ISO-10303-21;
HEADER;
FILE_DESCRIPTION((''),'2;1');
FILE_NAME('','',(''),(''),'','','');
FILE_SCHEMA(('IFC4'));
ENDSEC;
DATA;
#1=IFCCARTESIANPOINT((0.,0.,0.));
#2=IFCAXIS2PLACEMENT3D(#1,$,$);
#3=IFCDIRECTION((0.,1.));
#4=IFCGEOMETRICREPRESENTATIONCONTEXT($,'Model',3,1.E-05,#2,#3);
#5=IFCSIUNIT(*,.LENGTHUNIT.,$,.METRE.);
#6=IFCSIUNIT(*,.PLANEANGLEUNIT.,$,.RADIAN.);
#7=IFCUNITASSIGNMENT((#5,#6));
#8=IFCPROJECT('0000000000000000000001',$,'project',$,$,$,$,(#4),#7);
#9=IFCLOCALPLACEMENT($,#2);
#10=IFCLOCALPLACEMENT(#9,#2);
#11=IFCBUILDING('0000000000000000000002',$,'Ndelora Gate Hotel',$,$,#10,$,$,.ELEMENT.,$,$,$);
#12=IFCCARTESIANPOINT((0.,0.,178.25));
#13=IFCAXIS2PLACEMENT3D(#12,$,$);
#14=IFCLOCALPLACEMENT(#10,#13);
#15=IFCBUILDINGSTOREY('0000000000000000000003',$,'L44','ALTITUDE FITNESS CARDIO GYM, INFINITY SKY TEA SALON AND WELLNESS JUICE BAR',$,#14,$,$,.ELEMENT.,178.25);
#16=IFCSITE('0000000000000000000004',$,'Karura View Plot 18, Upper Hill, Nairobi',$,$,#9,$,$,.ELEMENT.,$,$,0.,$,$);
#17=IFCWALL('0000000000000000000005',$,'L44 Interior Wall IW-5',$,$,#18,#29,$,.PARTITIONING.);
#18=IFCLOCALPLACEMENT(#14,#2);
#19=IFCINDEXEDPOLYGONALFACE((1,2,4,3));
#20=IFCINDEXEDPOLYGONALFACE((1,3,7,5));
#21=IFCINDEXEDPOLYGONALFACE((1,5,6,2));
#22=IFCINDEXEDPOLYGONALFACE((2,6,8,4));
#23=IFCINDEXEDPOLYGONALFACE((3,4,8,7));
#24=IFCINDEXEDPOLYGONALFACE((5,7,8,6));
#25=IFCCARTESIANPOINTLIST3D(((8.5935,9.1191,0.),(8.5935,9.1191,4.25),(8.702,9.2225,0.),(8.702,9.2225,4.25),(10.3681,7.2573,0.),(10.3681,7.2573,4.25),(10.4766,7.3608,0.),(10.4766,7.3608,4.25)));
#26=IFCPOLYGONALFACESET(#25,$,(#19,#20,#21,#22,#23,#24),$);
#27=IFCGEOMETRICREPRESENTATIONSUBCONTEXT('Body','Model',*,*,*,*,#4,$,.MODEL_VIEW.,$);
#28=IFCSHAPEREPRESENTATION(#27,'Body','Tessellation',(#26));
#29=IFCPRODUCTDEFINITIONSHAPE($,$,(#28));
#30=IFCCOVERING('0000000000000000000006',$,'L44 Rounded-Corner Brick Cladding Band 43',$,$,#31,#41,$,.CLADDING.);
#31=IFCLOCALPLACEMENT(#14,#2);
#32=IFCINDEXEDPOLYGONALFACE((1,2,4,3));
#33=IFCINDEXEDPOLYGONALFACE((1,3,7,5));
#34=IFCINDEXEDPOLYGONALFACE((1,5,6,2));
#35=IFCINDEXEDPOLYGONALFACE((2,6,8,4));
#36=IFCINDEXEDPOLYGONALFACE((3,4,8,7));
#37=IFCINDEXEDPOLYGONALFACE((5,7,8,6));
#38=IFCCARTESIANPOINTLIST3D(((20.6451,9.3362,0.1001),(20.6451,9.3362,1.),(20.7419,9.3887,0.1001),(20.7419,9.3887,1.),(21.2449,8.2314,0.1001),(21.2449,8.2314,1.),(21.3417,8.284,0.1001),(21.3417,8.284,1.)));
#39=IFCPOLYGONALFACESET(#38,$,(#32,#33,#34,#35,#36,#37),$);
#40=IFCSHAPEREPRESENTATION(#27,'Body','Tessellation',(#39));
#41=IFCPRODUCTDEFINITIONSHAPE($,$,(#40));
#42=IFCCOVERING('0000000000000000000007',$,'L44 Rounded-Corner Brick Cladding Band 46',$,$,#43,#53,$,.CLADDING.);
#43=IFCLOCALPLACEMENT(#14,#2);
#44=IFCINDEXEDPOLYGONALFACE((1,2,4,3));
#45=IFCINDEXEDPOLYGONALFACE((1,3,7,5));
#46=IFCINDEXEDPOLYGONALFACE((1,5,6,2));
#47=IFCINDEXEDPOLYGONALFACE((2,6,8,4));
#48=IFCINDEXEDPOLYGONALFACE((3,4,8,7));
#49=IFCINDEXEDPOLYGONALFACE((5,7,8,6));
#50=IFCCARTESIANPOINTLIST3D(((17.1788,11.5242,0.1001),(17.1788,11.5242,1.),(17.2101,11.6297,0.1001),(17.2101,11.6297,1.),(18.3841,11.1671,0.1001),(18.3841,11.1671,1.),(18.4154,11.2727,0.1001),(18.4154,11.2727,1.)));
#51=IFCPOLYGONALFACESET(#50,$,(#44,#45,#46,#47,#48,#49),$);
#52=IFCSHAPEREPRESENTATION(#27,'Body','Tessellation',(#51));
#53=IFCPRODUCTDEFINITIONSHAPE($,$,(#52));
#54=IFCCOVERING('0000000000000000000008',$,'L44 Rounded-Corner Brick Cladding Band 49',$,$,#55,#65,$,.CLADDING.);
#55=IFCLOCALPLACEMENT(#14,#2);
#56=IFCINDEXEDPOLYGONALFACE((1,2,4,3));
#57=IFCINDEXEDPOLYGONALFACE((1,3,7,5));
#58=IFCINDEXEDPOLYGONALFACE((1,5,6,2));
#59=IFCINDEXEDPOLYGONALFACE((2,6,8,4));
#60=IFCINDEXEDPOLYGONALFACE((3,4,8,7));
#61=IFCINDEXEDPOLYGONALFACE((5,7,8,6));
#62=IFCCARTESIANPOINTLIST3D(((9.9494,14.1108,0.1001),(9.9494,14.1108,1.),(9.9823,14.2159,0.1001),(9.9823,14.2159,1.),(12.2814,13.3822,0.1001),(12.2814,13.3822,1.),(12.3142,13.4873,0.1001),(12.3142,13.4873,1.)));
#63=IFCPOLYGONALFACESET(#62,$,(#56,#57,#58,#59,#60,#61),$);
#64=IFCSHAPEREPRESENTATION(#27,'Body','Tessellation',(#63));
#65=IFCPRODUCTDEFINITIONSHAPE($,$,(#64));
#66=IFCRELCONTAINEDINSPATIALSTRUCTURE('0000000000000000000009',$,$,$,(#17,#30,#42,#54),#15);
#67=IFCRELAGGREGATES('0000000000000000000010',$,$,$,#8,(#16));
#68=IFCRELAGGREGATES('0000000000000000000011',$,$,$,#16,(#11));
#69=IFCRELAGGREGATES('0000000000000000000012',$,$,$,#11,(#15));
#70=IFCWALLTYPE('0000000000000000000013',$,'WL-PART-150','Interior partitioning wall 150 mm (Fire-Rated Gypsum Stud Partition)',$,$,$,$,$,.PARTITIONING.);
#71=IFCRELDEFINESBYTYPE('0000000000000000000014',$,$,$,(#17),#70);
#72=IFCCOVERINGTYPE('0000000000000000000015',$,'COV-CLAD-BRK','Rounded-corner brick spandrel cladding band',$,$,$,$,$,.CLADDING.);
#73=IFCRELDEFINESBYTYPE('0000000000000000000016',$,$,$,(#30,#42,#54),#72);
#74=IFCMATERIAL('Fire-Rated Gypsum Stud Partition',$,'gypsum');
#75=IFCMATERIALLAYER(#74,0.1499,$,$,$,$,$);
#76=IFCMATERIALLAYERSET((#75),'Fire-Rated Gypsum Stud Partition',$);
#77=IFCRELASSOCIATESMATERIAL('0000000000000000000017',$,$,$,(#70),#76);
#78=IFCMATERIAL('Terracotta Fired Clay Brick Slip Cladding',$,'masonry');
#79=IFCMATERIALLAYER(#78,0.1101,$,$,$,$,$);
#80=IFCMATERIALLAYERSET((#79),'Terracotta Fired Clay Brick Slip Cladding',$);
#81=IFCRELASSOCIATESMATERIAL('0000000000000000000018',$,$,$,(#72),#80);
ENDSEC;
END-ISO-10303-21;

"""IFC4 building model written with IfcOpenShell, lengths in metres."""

from ifc_helpers import new_model, si_unit, direction, frame, frame_2d, origin, origin_2d, place, context, subcontext, project, spatial, rectangle, extrude, material, layer, layer_set, type_object, element, save


model = new_model("IFC4")

# Units and contexts
model_context = context("Model", 3, precision=1e-05, world=origin(), true_north=direction((0.0, 1.0)))
body_context = subcontext(model_context, "Body", "Model", "MODEL_VIEW")
ifc_project = project(units=[si_unit("LENGTHUNIT", "METRE"), si_unit("PLANEANGLEUNIT", "RADIAN")], contexts=[model_context])

# Site, building, storey
site_placement = place(None, origin())
site = spatial("IfcSite", under=ifc_project, at=site_placement, Name="Karura View Plot 18, Upper Hill, Nairobi", CompositionType="ELEMENT", RefElevation=0.0)
building_placement = place(site_placement, origin())
building = spatial("IfcBuilding", under=site, at=building_placement, Name="Ndelora Gate Hotel", CompositionType="ELEMENT")
storey_placement = place(building_placement, frame((0.0, 0.0, 178.25)))
storey = spatial("IfcBuildingStorey", under=building, at=storey_placement, Name="L44", Description="ALTITUDE FITNESS CARDIO GYM, INFINITY SKY TEA SALON AND WELLNESS JUICE BAR", CompositionType="ELEMENT", Elevation=178.25)

# Shared definitions
ifc_material_1 = material(Name="Fire-Rated Gypsum Stud Partition", Category="gypsum")
ifc_layer_1 = layer(ifc_material_1, 0.1499)
ifc_layer_set_1 = layer_set([ifc_layer_1], Name="Fire-Rated Gypsum Stud Partition")
wall_type_1 = type_object("IfcWallType", Name="WL-PART-150", Description="Interior partitioning wall 150 mm (Fire-Rated Gypsum Stud Partition)", PredefinedType="PARTITIONING", material=ifc_layer_set_1)

# Wall
wall_1_placement = place(storey_placement, frame((8.6477, 9.1709, 0.0), z_axis=(0.0, 0.0, 1.0), x_axis=(0.689961, -0.723847, 0.0)))
element("IfcWall", 1, at=wall_1_placement, inside=storey, type_object=wall_type_1, Name="L44 Interior Wall IW-5", PredefinedType="PARTITIONING", context=body_context, shape_type="SweptSolid", body=[
    extrude(rectangle(XDim=2.572, YDim=0.1499, at=frame_2d((1.2861, 0.0))), origin(), (0.0, 0.0, 1.0), 4.25),
])

# Coverings
ifc_material_2 = material(Name="Terracotta Fired Clay Brick Slip Cladding", Category="masonry")
ifc_layer_2 = layer(ifc_material_2, 0.1101)
ifc_layer_set_2 = layer_set([ifc_layer_2], Name="Terracotta Fired Clay Brick Slip Cladding")
covering_type = type_object("IfcCoveringType", Name="COV-CLAD-BRK", Description="Rounded-corner brick spandrel cladding band", PredefinedType="CLADDING", material=ifc_layer_set_2)
for number, where, z_axis, x_axis, name in (
    (2, (20.9934, 8.8101, 0.1001), (0.0, 0.0, 1.0), (-0.477159, 0.878817, 0.0), "L44 Rounded-Corner Brick Cladding Band 43"),
    (3, (17.7971, 11.3984, 0.1001), (0.0, 0.0, 1.0), (-0.95882, 0.284015, 0.0), "L44 Rounded-Corner Brick Cladding Band 46"),
):
    element("IfcCovering", number, at=place(storey_placement, frame(where, z_axis=z_axis, x_axis=x_axis)), inside=storey, type_object=covering_type, Name=name, PredefinedType="CLADDING", context=body_context, shape_type="SweptSolid", body=[
        extrude(rectangle(XDim=1.2571, YDim=0.1101, at=origin_2d()), origin(), (0.0, 0.0, 1.0), 0.8999),
    ])
covering_placement = place(storey_placement, frame((11.1318, 13.7991, 0.1001), z_axis=(0.0, 0.0, 1.0), x_axis=(-0.954501, 0.298208, 0.0)))
element("IfcCovering", 4, at=covering_placement, inside=storey, type_object=covering_type, Name="L44 Rounded-Corner Brick Cladding Band 49", PredefinedType="CLADDING", context=body_context, shape_type="SweptSolid", body=[
    extrude(rectangle(XDim=2.4431, YDim=0.1101, at=origin_2d()), origin(), (0.0, 0.0, 1.0), 0.8999),
])

save(model, "model.ifc")
